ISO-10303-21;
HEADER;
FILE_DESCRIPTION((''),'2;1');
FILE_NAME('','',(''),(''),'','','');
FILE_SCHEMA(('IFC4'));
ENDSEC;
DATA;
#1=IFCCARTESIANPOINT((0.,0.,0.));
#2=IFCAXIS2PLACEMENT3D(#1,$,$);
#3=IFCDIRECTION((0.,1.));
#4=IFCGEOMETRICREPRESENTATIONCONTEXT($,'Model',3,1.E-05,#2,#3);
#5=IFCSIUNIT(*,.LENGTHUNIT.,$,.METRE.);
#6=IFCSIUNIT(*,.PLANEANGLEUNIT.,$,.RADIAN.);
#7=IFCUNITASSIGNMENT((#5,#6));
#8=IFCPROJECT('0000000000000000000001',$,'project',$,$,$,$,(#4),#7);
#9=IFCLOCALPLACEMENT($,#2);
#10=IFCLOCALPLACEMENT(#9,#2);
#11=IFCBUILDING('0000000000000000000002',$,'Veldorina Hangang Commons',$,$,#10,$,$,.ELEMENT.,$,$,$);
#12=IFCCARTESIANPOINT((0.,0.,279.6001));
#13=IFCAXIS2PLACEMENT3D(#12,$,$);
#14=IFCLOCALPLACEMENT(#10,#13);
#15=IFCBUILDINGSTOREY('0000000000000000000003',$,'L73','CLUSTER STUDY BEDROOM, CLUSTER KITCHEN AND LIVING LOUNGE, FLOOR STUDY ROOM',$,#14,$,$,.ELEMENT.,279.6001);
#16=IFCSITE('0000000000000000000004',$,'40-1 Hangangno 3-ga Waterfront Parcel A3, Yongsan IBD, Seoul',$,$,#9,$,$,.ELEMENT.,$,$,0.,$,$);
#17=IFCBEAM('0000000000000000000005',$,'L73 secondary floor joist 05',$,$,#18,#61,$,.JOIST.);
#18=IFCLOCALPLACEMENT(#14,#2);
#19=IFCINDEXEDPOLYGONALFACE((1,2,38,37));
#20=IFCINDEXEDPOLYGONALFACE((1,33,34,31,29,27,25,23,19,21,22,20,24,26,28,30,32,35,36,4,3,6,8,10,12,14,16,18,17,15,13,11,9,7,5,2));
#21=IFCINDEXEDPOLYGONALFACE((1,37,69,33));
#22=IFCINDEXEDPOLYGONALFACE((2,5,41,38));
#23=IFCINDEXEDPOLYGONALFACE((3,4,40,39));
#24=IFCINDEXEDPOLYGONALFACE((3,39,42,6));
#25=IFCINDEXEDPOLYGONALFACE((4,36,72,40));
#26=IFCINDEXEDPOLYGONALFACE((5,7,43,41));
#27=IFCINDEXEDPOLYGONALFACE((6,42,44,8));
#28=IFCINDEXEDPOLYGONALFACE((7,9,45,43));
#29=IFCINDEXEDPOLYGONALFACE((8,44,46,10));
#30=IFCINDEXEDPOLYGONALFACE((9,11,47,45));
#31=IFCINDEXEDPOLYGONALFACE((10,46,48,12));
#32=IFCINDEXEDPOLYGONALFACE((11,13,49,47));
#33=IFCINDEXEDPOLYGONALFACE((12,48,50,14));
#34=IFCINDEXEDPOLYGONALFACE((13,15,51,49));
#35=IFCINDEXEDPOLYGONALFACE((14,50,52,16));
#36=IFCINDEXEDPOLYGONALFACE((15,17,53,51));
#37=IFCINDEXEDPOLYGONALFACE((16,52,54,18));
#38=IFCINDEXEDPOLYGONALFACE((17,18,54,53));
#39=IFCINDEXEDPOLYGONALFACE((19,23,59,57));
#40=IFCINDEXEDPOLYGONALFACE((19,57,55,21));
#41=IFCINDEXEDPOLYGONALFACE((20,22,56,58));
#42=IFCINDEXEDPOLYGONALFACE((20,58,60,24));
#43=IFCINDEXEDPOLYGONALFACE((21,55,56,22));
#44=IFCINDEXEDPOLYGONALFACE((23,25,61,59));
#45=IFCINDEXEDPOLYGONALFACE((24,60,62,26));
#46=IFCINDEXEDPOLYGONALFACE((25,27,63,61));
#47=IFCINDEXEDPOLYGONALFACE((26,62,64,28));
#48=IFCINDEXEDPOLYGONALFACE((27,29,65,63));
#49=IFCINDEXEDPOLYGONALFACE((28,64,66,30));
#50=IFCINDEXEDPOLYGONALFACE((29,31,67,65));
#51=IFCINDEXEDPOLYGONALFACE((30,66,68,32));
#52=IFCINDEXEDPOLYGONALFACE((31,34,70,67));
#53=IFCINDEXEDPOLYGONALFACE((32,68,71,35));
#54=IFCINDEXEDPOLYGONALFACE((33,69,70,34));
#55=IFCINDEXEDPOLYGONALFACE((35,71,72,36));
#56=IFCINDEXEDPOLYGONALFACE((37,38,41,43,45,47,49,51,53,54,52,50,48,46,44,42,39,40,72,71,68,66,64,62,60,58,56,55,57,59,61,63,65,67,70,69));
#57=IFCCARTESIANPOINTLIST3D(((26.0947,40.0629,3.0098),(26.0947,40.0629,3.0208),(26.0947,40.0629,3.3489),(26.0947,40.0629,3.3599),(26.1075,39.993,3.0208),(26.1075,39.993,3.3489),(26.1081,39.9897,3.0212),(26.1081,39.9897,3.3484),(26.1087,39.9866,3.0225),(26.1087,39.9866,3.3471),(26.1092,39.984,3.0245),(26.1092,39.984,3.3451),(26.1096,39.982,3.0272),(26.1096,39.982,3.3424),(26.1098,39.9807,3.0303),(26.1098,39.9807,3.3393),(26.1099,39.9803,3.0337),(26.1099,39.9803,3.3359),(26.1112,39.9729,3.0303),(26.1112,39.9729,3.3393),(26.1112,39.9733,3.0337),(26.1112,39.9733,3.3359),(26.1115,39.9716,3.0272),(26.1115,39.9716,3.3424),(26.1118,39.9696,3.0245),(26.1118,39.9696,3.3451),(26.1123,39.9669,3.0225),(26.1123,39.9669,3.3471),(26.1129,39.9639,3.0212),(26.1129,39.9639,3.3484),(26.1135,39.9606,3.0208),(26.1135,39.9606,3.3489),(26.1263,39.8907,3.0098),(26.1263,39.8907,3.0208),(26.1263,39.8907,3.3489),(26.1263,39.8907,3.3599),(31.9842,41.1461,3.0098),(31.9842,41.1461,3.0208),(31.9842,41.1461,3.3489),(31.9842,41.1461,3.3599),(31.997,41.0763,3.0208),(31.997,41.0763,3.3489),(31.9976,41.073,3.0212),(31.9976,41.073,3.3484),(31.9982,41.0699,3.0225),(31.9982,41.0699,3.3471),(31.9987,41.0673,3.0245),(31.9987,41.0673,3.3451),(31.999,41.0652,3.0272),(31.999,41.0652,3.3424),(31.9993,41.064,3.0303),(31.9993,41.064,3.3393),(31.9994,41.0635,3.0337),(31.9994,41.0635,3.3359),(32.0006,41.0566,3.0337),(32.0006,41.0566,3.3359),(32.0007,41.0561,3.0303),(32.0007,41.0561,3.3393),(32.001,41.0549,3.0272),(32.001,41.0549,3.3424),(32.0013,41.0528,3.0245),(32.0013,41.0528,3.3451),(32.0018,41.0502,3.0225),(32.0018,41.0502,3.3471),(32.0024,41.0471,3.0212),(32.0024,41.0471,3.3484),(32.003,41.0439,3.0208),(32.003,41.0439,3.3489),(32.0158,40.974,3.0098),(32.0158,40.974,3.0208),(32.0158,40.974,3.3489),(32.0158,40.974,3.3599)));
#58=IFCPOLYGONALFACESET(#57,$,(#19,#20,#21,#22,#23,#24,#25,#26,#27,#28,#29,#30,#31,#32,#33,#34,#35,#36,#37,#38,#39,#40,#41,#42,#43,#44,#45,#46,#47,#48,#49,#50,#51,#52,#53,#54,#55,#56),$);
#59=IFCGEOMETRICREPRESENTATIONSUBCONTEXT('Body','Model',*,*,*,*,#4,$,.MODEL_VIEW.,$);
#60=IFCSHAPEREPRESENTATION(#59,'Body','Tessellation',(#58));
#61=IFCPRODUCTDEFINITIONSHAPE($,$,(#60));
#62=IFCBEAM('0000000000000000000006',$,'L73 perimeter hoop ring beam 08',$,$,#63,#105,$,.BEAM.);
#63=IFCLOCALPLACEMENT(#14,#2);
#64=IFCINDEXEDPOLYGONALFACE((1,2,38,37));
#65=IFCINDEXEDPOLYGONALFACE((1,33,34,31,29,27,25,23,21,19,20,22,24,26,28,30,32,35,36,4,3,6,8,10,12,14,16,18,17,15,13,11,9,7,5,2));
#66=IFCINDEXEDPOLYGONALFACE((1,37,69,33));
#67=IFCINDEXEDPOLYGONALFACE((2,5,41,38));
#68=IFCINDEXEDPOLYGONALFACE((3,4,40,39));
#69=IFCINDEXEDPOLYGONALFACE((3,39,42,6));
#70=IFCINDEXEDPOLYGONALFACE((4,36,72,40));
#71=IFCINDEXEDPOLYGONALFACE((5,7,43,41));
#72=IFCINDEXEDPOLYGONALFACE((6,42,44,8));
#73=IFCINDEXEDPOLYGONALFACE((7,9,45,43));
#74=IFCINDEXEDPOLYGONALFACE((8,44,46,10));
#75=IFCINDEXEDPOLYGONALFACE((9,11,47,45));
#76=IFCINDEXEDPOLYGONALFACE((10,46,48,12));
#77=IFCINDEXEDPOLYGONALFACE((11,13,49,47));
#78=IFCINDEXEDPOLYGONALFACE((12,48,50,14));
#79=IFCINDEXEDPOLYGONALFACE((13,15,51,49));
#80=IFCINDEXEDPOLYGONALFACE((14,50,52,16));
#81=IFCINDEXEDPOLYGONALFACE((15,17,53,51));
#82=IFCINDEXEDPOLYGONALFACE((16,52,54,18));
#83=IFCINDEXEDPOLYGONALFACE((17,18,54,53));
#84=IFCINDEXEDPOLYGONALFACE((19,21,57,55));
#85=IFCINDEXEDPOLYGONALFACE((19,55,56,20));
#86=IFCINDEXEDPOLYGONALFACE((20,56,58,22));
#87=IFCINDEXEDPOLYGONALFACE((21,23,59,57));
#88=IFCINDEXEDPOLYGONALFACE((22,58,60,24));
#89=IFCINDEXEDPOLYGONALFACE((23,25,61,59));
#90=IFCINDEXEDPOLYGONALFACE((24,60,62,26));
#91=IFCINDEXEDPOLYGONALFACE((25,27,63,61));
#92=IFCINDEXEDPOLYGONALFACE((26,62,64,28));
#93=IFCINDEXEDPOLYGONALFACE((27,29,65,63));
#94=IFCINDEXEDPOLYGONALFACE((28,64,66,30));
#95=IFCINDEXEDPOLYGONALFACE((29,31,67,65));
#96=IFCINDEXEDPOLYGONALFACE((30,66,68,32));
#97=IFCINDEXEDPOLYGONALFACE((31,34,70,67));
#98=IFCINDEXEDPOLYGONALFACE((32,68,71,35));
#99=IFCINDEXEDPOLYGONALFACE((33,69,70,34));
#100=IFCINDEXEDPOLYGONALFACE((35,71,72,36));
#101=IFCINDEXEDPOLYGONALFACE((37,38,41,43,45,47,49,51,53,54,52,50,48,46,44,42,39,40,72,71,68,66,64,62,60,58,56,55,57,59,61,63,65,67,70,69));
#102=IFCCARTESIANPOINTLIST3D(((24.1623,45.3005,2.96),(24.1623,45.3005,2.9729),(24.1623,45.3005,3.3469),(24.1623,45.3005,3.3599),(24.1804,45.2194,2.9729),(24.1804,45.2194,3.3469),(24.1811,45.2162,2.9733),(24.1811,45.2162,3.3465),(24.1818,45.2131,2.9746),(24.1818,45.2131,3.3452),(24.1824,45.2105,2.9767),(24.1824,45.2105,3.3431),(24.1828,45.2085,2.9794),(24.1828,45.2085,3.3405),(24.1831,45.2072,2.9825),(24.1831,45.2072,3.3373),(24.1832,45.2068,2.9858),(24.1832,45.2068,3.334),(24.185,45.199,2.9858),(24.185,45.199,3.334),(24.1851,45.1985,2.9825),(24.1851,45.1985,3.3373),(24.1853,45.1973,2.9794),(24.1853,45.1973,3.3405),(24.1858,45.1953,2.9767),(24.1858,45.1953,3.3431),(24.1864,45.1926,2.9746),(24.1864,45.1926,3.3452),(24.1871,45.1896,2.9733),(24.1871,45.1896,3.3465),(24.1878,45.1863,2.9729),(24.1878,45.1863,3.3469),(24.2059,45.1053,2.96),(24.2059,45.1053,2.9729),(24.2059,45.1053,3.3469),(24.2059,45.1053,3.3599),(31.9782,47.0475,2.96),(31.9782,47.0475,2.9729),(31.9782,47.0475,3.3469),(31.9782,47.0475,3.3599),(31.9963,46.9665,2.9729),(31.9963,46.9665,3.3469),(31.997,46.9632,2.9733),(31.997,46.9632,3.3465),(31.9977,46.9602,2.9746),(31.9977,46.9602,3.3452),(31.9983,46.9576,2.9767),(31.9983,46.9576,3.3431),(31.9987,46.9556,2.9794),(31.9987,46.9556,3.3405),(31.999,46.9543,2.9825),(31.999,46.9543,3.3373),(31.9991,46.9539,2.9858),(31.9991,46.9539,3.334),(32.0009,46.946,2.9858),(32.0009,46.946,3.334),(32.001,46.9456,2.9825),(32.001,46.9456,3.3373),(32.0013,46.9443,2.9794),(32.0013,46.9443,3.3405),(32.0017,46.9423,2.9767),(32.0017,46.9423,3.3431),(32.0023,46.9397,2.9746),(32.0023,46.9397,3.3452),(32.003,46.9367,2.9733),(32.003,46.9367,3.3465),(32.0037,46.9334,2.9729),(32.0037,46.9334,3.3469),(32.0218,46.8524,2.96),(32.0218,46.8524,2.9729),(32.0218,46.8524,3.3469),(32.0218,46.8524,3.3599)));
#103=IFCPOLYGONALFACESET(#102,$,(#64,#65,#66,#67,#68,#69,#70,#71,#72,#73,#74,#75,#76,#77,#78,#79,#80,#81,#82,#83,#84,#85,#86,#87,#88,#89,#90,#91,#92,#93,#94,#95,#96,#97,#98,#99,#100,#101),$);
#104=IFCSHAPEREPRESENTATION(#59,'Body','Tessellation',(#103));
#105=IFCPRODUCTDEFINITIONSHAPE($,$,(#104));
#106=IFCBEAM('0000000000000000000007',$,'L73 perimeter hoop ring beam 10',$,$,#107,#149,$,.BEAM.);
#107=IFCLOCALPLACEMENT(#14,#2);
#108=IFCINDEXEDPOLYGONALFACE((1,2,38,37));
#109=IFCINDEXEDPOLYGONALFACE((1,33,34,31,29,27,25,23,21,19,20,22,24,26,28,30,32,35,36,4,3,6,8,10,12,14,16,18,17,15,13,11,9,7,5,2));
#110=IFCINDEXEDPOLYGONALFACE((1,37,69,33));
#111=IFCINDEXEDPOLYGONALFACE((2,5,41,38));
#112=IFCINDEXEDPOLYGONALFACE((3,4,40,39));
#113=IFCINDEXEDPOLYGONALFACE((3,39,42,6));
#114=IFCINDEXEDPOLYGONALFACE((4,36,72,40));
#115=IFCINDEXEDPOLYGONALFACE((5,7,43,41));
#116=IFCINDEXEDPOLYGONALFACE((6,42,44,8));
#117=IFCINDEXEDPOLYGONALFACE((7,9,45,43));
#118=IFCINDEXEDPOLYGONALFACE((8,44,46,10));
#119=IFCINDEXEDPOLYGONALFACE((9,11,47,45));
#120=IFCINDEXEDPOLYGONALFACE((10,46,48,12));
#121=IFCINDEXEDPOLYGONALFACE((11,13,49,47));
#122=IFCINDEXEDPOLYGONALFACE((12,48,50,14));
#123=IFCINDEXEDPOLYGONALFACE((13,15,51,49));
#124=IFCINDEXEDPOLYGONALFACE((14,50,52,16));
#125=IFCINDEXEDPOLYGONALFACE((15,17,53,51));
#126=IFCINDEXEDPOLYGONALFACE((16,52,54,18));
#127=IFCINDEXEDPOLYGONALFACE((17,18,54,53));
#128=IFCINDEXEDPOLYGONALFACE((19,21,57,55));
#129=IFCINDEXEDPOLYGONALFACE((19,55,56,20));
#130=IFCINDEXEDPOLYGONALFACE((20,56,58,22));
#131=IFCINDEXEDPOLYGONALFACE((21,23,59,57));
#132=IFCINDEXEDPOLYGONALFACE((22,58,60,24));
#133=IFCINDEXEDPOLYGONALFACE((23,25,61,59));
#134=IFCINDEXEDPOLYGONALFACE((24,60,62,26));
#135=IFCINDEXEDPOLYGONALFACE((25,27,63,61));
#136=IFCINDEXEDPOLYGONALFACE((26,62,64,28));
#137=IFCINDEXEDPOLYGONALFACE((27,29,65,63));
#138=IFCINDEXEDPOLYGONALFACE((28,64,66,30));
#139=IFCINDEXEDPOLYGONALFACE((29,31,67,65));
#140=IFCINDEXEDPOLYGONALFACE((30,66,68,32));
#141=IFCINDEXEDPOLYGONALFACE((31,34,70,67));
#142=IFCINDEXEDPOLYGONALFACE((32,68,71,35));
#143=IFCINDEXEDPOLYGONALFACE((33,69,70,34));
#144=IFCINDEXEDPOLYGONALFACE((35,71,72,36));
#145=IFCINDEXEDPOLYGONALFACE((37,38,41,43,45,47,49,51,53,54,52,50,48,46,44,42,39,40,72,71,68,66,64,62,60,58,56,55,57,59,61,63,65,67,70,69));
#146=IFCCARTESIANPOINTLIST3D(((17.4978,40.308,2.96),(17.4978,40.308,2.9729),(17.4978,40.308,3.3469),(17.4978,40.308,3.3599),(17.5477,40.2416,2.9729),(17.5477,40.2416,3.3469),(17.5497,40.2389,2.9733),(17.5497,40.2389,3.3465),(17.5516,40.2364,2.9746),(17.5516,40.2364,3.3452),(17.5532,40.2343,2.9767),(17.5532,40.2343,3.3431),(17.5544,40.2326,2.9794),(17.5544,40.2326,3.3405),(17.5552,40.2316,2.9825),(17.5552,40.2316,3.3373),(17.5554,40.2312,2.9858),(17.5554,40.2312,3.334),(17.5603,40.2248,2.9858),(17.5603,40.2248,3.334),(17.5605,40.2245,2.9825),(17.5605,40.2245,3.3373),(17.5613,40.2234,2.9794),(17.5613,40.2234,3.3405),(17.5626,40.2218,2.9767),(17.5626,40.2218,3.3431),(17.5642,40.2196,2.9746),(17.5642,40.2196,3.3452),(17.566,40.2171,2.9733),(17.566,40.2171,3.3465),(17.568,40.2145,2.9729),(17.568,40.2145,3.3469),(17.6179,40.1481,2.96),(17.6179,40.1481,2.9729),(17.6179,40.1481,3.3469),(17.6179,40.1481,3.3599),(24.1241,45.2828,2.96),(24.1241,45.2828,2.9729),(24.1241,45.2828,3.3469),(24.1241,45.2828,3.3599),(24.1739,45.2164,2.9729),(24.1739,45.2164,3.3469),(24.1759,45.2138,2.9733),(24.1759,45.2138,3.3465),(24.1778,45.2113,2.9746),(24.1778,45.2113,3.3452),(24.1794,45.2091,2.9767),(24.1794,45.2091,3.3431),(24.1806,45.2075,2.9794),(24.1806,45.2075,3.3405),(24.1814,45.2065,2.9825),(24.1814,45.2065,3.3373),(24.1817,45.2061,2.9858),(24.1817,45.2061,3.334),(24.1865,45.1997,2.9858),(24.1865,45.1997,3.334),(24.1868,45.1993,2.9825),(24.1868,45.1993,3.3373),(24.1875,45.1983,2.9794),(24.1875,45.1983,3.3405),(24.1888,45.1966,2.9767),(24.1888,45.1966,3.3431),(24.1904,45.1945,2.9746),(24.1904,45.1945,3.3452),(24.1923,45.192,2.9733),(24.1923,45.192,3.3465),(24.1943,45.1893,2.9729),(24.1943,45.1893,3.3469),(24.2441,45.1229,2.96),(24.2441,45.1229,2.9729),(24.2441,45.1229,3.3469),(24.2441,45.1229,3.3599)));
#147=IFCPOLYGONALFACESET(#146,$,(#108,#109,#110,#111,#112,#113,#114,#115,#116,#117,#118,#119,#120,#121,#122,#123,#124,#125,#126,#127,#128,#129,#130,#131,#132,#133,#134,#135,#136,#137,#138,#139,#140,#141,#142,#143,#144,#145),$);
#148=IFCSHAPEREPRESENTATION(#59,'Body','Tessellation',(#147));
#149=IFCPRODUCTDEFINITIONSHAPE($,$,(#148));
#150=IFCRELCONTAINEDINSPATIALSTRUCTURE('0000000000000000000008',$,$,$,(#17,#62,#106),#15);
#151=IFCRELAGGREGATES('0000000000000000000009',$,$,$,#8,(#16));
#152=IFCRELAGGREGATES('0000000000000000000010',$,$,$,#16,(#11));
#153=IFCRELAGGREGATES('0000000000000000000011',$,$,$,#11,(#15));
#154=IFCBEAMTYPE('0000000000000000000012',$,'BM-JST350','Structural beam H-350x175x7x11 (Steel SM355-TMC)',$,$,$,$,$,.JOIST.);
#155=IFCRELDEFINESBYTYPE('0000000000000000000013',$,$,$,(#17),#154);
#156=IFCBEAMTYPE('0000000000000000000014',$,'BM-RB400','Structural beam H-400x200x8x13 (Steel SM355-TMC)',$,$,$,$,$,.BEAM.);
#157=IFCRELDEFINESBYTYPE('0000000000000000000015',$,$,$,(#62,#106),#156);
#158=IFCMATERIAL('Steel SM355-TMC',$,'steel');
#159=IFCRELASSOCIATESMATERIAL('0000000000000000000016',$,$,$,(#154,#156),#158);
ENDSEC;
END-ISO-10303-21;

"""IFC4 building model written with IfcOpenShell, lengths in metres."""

from ifc_helpers import new_model, si_unit, direction, frame, origin, origin_2d, place, context, subcontext, project, spatial, i_section, extrude, material, material_profile, profile_set, type_object, element, save


model = new_model("IFC4")

# Units and contexts
model_context = context("Model", 3, precision=1e-05, world=origin(), true_north=direction((0.0, 1.0)))
body_context = subcontext(model_context, "Body", "Model", "MODEL_VIEW")
ifc_project = project(units=[si_unit("LENGTHUNIT", "METRE"), si_unit("PLANEANGLEUNIT", "RADIAN")], contexts=[model_context])

# Site, building, storey
site_placement = place(None, origin())
site = spatial("IfcSite", under=ifc_project, at=site_placement, Name="40-1 Hangangno 3-ga Waterfront Parcel A3, Yongsan IBD, Seoul", CompositionType="ELEMENT", RefElevation=0.0)
building_placement = place(site_placement, origin())
building = spatial("IfcBuilding", under=site, at=building_placement, Name="Veldorina Hangang Commons", CompositionType="ELEMENT")
storey_placement = place(building_placement, frame((0.0, 0.0, 279.6001)))
storey = spatial("IfcBuildingStorey", under=building, at=storey_placement, Name="L73", Description="CLUSTER STUDY BEDROOM, CLUSTER KITCHEN AND LIVING LOUNGE, FLOOR STUDY ROOM", CompositionType="ELEMENT", Elevation=279.6001)

# Beams
ifc_material_1 = material(Name="Steel SM355-TMC", Category="steel")
ifc_material_profile_1 = material_profile(ifc_material_1, i_section(OverallWidth=0.175, OverallDepth=0.3501, WebThickness=0.0071, FlangeThickness=0.011, FilletRadius=0.0129, at=origin_2d()), Name="H-350x175x7x11")
ifc_profile_set_1 = profile_set([ifc_material_profile_1], Name="Steel SM355-TMC")
beam_type_1 = type_object("IfcBeamType", Name="BM-JST350", Description="Structural beam H-350x175x7x11 (Steel SM355-TMC)", PredefinedType="JOIST", material=ifc_profile_set_1)
beam_1_placement = place(storey_placement, frame((32.0, 41.0601, 3.1848), z_axis=(-0.983502, -0.180898, 0.0), x_axis=(0.180898, -0.983502, 0.0)))
element("IfcBeam", 1, at=beam_1_placement, inside=storey, type_object=beam_type_1, Name="L73 secondary floor joist 05", PredefinedType="JOIST", context=body_context, shape_type="SweptSolid", body=[
    extrude(i_section(OverallWidth=0.175, OverallDepth=0.3501, WebThickness=0.0071, FlangeThickness=0.011, FilletRadius=0.0129, at=origin_2d()), origin(), (0.0, 0.0, 1.0), 5.9883),
])
ifc_material_profile_2 = material_profile(ifc_material_1, i_section(OverallWidth=0.2, OverallDepth=0.3999, WebThickness=0.0081, FlangeThickness=0.0129, FilletRadius=0.0129, at=origin_2d()), Name="H-400x200x8x13")
ifc_profile_set_2 = profile_set([ifc_material_profile_2], Name="Steel SM355-TMC")
beam_type_2 = type_object("IfcBeamType", Name="BM-RB400", Description="Structural beam H-400x200x8x13 (Steel SM355-TMC)", PredefinedType="BEAM", material=ifc_profile_set_2)
beam_2_placement = place(storey_placement, frame((32.0, 46.95, 3.1599), z_axis=(-0.975917, -0.218144, 0.0), x_axis=(0.218144, -0.975917, 0.0)))
element("IfcBeam", 2, at=beam_2_placement, inside=storey, type_object=beam_type_2, Name="L73 perimeter hoop ring beam 08", PredefinedType="BEAM", context=body_context, shape_type="SweptSolid", body=[
    extrude(i_section(OverallWidth=0.2, OverallDepth=0.3999, WebThickness=0.0081, FlangeThickness=0.0129, FilletRadius=0.0129, at=origin_2d()), origin(), (0.0, 0.0, 1.0), 8.0088),
])
beam_3_placement = place(storey_placement, frame((24.1841, 45.2029, 3.1599), z_axis=(-0.799699, -0.600401, 0.0), x_axis=(0.600401, -0.799699, 0.0)))
element("IfcBeam", 3, at=beam_3_placement, inside=storey, type_object=beam_type_2, Name="L73 perimeter hoop ring beam 10", PredefinedType="BEAM", context=body_context, shape_type="SweptSolid", body=[
    extrude(i_section(OverallWidth=0.2, OverallDepth=0.3999, WebThickness=0.0081, FlangeThickness=0.0129, FilletRadius=0.0129, at=origin_2d()), origin(), (0.0, 0.0, 1.0), 8.2859),
])

save(model, "model.ifc")
